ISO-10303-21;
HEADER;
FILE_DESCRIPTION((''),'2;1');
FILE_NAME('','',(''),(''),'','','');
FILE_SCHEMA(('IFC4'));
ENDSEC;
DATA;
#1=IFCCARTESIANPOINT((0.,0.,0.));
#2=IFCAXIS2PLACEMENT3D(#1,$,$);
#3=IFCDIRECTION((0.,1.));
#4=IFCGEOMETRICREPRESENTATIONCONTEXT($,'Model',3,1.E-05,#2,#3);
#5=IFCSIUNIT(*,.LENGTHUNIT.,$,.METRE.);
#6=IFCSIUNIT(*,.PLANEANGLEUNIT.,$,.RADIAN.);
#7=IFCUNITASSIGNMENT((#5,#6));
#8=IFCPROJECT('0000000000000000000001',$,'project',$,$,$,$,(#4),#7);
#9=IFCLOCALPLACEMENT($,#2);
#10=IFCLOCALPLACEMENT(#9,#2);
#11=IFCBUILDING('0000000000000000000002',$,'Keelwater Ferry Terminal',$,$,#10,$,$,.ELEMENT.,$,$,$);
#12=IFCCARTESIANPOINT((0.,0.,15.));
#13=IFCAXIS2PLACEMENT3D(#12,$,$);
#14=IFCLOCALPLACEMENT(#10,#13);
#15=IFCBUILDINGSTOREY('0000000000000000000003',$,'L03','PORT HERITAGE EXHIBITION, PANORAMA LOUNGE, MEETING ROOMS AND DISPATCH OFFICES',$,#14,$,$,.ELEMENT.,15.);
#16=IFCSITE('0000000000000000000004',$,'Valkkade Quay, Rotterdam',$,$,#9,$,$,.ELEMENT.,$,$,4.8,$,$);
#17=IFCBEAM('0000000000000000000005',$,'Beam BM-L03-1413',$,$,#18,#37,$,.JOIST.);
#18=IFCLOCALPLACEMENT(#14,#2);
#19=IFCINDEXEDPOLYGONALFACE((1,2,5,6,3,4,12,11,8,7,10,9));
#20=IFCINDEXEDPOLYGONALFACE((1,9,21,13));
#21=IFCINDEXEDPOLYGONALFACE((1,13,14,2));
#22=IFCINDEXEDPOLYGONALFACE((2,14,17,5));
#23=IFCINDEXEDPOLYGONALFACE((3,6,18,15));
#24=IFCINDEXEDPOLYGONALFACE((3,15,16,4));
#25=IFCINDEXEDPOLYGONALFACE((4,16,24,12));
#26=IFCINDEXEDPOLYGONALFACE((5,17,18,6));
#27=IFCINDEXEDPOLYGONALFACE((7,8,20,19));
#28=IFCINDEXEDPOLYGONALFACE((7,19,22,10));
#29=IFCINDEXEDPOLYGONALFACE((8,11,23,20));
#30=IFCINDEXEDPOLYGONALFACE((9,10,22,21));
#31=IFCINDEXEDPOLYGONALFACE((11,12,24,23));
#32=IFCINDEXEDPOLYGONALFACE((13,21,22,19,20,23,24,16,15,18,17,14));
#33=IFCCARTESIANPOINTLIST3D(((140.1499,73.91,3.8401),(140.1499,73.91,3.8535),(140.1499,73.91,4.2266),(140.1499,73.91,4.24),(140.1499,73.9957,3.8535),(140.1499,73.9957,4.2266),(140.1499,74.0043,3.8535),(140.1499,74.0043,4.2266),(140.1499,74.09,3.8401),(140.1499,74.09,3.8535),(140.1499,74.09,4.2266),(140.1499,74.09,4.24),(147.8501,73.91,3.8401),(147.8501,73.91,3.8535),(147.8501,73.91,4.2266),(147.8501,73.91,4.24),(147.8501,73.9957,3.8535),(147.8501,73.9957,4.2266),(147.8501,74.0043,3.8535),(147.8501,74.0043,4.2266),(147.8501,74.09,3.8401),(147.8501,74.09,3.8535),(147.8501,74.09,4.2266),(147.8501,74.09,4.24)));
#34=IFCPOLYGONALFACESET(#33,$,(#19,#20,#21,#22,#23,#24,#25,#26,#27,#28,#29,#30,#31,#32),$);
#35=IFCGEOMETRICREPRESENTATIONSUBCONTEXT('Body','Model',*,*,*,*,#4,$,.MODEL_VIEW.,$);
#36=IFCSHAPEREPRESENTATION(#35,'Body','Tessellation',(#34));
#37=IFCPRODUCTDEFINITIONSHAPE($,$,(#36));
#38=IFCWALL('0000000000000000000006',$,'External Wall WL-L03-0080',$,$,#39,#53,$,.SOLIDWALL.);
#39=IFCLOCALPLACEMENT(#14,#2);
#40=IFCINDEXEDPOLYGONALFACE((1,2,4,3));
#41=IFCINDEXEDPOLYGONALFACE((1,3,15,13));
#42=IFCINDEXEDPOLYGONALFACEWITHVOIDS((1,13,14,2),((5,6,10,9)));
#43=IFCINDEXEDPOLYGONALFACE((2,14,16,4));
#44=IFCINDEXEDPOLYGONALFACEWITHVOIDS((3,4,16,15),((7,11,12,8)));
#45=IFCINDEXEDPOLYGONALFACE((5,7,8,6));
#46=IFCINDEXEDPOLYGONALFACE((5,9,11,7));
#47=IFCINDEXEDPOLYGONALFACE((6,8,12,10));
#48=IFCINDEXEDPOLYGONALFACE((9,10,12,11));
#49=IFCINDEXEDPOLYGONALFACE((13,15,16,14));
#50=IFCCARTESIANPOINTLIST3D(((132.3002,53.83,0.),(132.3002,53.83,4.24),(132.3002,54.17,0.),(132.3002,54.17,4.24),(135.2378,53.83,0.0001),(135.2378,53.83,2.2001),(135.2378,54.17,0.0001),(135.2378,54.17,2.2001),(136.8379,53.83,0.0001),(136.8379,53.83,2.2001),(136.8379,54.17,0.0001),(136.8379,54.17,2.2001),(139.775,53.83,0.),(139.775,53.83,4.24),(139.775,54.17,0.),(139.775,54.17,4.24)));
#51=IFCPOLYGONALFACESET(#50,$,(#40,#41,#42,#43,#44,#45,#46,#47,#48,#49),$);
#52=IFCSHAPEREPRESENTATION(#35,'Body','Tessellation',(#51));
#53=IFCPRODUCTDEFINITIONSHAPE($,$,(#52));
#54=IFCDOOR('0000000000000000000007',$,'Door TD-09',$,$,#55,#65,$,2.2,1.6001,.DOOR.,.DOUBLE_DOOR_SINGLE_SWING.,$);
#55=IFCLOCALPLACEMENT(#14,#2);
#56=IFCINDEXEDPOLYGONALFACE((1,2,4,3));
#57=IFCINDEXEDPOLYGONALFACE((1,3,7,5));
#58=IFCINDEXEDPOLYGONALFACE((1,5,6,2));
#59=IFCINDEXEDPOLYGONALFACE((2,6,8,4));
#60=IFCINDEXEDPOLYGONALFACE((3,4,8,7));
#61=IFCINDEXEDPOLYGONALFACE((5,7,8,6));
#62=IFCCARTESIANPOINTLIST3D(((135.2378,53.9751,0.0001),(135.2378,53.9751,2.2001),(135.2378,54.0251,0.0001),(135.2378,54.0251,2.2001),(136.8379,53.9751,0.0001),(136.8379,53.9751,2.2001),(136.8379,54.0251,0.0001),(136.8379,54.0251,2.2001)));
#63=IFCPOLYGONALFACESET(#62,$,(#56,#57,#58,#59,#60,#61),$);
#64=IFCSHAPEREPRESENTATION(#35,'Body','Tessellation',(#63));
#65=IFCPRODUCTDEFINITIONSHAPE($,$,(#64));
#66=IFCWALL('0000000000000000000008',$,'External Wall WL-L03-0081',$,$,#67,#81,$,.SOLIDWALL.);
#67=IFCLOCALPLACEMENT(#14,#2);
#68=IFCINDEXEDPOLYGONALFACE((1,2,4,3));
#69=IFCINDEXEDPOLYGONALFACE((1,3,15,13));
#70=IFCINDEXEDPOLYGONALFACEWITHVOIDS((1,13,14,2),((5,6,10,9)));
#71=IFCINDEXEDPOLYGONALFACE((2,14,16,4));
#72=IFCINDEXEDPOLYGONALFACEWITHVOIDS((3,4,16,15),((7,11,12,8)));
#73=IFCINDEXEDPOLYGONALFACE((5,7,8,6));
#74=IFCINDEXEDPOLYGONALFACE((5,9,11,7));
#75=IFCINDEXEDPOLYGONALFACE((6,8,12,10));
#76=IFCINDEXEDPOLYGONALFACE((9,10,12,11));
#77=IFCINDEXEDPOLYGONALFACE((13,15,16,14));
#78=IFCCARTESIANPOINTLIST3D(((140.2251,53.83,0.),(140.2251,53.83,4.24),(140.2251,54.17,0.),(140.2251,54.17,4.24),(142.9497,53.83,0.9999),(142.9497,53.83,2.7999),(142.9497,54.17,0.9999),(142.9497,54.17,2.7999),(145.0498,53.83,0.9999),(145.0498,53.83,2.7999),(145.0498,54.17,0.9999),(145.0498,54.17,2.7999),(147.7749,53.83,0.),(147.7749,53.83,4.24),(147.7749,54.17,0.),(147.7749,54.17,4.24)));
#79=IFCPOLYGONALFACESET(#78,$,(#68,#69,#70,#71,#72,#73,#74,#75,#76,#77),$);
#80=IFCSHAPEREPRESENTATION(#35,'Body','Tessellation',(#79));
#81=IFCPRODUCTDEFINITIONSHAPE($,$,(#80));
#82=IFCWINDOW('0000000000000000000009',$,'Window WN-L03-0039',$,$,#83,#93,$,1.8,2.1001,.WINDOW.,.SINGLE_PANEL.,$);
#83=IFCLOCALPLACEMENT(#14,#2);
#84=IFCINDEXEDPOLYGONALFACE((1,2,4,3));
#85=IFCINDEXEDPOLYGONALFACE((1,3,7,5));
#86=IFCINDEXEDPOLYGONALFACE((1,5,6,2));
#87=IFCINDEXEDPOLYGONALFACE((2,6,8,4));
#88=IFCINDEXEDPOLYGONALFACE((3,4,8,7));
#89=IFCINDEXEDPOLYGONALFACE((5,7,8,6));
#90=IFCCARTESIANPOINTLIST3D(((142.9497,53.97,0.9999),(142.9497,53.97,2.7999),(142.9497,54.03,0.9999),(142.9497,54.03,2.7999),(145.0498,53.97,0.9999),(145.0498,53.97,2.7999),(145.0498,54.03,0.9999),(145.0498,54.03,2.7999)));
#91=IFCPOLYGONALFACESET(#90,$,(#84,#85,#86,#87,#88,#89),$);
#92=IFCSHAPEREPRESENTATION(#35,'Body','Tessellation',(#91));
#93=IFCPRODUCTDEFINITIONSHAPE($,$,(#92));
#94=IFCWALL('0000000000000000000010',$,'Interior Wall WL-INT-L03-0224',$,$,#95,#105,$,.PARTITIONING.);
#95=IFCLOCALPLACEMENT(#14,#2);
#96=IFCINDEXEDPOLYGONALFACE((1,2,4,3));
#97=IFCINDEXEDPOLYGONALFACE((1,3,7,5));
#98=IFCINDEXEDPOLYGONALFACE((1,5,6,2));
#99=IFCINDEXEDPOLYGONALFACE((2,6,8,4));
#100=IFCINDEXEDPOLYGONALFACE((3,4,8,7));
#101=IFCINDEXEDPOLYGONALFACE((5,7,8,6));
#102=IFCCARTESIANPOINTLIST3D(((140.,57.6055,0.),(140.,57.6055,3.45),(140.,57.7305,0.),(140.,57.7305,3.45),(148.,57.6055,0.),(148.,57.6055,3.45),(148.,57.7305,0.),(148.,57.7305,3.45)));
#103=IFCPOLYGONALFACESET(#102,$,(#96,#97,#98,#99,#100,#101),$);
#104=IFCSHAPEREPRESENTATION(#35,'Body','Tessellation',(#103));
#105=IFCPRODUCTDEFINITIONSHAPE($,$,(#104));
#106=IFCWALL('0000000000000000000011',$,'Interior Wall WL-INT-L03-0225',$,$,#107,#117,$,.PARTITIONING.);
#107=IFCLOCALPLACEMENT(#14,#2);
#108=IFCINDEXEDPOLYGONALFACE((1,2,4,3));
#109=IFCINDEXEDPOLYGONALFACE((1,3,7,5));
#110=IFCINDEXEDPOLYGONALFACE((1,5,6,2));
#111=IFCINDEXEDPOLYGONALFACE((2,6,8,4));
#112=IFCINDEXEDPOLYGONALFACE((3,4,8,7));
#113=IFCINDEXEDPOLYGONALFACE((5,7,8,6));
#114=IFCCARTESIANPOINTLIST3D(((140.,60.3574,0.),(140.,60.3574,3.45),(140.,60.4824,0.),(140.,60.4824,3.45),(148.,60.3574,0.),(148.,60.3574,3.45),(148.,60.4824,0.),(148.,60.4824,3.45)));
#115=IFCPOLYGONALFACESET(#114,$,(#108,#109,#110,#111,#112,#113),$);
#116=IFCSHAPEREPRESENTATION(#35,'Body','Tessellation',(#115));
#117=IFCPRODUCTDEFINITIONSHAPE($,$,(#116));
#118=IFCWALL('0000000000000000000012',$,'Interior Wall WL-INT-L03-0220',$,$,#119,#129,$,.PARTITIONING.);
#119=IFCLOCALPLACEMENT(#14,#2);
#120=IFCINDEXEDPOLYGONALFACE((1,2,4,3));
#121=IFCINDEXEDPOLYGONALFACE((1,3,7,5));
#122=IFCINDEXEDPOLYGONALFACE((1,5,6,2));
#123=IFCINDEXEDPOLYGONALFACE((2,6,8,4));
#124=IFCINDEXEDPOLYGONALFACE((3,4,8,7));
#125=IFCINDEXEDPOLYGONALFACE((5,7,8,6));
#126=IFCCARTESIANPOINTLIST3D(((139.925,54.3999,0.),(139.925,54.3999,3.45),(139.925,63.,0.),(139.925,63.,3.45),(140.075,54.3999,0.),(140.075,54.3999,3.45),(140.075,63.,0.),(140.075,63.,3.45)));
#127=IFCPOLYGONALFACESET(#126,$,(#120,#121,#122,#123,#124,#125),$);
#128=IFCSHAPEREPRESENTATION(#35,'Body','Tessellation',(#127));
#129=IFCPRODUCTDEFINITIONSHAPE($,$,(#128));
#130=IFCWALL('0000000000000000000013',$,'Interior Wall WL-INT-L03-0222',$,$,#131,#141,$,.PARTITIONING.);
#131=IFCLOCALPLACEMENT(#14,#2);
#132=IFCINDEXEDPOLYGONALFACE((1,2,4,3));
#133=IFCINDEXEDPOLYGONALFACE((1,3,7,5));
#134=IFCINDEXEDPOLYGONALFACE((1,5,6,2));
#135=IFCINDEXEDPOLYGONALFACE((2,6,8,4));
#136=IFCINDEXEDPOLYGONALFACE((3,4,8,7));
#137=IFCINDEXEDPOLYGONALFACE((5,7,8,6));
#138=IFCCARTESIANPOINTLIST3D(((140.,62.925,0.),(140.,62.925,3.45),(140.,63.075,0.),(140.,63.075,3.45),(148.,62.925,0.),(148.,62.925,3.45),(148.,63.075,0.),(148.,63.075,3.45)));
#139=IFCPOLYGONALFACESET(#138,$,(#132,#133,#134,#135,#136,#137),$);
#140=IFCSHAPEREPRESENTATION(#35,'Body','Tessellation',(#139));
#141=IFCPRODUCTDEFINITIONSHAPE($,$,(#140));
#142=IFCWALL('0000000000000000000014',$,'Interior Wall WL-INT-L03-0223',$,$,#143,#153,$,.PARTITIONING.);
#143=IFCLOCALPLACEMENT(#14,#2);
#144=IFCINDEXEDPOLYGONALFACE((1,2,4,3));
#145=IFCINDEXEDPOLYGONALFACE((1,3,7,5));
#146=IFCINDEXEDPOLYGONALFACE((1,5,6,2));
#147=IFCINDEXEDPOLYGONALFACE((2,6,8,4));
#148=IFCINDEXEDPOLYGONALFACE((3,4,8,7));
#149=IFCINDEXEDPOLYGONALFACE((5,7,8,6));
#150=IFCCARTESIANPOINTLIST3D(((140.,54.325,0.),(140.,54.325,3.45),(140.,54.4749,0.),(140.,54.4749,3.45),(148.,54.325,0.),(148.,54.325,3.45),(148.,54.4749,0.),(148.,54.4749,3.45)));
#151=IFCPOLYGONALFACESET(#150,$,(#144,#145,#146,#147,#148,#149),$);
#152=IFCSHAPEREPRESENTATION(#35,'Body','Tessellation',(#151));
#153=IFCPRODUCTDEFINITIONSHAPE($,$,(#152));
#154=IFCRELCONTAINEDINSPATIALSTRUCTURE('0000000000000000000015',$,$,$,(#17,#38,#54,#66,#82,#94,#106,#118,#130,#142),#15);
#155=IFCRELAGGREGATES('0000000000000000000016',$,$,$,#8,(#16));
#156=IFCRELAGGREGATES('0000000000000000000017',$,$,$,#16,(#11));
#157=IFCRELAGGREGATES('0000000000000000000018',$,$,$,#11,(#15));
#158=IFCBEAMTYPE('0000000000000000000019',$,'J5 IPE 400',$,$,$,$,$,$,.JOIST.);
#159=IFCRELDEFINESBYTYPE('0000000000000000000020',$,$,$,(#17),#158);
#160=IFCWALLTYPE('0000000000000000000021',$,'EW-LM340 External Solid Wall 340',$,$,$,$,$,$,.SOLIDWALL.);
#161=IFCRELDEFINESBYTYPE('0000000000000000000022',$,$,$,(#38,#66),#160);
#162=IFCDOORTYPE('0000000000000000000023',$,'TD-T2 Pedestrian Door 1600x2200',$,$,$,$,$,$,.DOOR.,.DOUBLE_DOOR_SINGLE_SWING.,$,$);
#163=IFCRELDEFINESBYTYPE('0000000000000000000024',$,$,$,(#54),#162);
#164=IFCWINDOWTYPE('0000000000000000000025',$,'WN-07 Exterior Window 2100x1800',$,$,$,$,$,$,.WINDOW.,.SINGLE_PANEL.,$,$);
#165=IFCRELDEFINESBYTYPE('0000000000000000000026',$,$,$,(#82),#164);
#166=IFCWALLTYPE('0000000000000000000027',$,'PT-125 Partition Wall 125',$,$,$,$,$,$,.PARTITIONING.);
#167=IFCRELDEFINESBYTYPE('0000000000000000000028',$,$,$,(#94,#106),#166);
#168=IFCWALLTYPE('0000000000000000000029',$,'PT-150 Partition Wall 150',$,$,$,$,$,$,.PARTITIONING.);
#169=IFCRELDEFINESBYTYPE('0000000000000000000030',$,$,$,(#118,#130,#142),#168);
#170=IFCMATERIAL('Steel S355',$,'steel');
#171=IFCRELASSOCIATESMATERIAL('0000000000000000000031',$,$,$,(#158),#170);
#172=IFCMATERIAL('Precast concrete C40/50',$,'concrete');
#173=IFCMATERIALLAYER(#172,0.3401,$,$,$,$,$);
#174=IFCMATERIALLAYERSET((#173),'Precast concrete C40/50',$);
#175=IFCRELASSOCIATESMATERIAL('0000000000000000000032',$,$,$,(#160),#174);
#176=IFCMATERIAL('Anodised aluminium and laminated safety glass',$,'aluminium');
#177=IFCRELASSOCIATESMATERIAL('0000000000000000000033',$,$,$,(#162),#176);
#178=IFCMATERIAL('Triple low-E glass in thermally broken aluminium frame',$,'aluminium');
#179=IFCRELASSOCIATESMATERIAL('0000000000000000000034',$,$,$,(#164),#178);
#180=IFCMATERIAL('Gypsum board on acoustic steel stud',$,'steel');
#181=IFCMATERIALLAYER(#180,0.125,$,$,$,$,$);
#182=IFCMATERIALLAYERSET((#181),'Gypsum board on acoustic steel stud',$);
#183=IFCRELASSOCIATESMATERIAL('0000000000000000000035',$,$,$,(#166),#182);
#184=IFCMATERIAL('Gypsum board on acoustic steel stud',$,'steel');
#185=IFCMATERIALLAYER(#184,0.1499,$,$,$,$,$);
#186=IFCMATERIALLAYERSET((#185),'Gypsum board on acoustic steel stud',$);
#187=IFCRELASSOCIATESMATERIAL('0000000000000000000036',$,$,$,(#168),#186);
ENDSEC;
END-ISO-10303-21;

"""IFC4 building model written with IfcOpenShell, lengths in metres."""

from ifc_helpers import new_model, si_unit, direction, frame, frame_2d, origin, origin_2d, place, context, subcontext, project, spatial, rectangle, i_section, extrude, material, layer, layer_set, material_profile, profile_set, type_object, element, fill, save


model = new_model("IFC4")

# Units and contexts
model_context = context("Model", 3, precision=1e-05, world=origin(), true_north=direction((0.0, 1.0)))
body_context = subcontext(model_context, "Body", "Model", "MODEL_VIEW")
ifc_project = project(units=[si_unit("LENGTHUNIT", "METRE"), si_unit("PLANEANGLEUNIT", "RADIAN")], contexts=[model_context])

# Site, building, storey
site_placement = place(None, origin())
site = spatial("IfcSite", under=ifc_project, at=site_placement, Name="Valkkade Quay, Rotterdam", CompositionType="ELEMENT", RefElevation=4.8)
building_placement = place(site_placement, origin())
building = spatial("IfcBuilding", under=site, at=building_placement, Name="Keelwater Ferry Terminal", CompositionType="ELEMENT")
storey_placement = place(building_placement, frame((0.0, 0.0, 15.0)))
storey = spatial("IfcBuildingStorey", under=building, at=storey_placement, Name="L03", Description="PORT HERITAGE EXHIBITION, PANORAMA LOUNGE, MEETING ROOMS AND DISPATCH OFFICES", CompositionType="ELEMENT", Elevation=15.0)

# Beam
ifc_material_1 = material(Name="Steel S355", Category="steel")
ifc_material_profile_1 = material_profile(ifc_material_1, i_section(OverallWidth=0.1799, OverallDepth=0.3999, WebThickness=0.0085, FlangeThickness=0.0134, at=origin_2d()), Name="IPE 400")
ifc_profile_set_1 = profile_set([ifc_material_profile_1], Name="Steel S355")
beam_type_1 = type_object("IfcBeamType", Name="J5 IPE 400", PredefinedType="JOIST", material=ifc_profile_set_1)
for number, where, z_axis, x_axis, name in (
    (1, (140.1499, 74.0, 4.04), (1.0, 0.0, 0.0), (0.0, 1.0, 0.0), "Beam BM-L03-1413"),
):
    element("IfcBeam", number, at=place(storey_placement, frame(where, z_axis=z_axis, x_axis=x_axis)), inside=storey, type_object=beam_type_1, Name=name, PredefinedType="JOIST", context=body_context, shape_type="SweptSolid", body=[
        extrude(i_section(OverallWidth=0.1799, OverallDepth=0.3999, WebThickness=0.0085, FlangeThickness=0.0134, at=origin_2d()), origin(), (0.0, 0.0, 1.0), 7.7002),
    ])

# Wall, opening, door
ifc_material_2 = material(Name="Precast concrete C40/50", Category="concrete")
ifc_layer_1 = layer(ifc_material_2, 0.3401)
ifc_layer_set_1 = layer_set([ifc_layer_1], Name="Precast concrete C40/50")
wall_type_1 = type_object("IfcWallType", Name="EW-LM340 External Solid Wall 340", PredefinedType="SOLIDWALL", material=ifc_layer_set_1)
wall_1_placement = place(storey_placement, frame((139.7749, 54.0, 0.0), z_axis=(0.0, 0.0, 1.0), x_axis=(-1.0, 0.0, 0.0)))
wall_1 = element("IfcWall", 2, at=wall_1_placement, inside=storey, type_object=wall_type_1, Name="External Wall WL-L03-0080", PredefinedType="SOLIDWALL", context=body_context, shape_type="SweptSolid", body=[
    extrude(rectangle(XDim=7.4749, YDim=0.3401, at=frame_2d((3.7373, 0.0))), origin(), (0.0, 0.0, 1.0), 4.24),
])
opening_1_placement = place(wall_1_placement, frame((2.937, 0.0, 0.0)))
opening_1 = element("IfcOpeningElement", 3, at=opening_1_placement, cuts=wall_1, PredefinedType="OPENING", context=body_context, shape_type="SweptSolid", body=[
    extrude(rectangle(XDim=1.6001, YDim=2.2, at=frame_2d((0.8, 1.1001))), frame((0.0, 0.1799, 0.0), z_axis=(0.0, -1.0, 0.0), x_axis=(1.0, 0.0, 0.0)), (0.0, 0.0, 1.0), 0.3601),
])
ifc_material_3 = material(Name="Anodised aluminium and laminated safety glass", Category="aluminium")
door_type = type_object("IfcDoorType", Name="TD-T2 Pedestrian Door 1600x2200", OperationType="DOUBLE_DOOR_SINGLE_SWING", PredefinedType="DOOR", material=ifc_material_3)
door_placement = place(opening_1_placement, origin())
door = element("IfcDoor", 4, at=door_placement, inside=storey, type_object=door_type, Name="Door TD-09", OperationType="DOUBLE_DOOR_SINGLE_SWING", OverallHeight=2.2, OverallWidth=1.6001, PredefinedType="DOOR", context=body_context, shape_type="SweptSolid", body=[
    extrude(rectangle(XDim=1.6001, YDim=2.2, at=frame_2d((0.8, 1.1001))), frame((0.0, 0.0249, 0.0), z_axis=(0.0, -1.0, 0.0), x_axis=(1.0, 0.0, 0.0)), (0.0, 0.0, 1.0), 0.05),
])
fill(opening_1, door)

# Wall, opening, window
wall_2_placement = place(storey_placement, frame((147.7749, 54.0, 0.0), z_axis=(0.0, 0.0, 1.0), x_axis=(-1.0, 0.0, 0.0)))
wall_2 = element("IfcWall", 5, at=wall_2_placement, inside=storey, type_object=wall_type_1, Name="External Wall WL-L03-0081", PredefinedType="SOLIDWALL", context=body_context, shape_type="SweptSolid", body=[
    extrude(rectangle(XDim=7.5498, YDim=0.3401, at=frame_2d((3.7749, 0.0))), origin(), (0.0, 0.0, 1.0), 4.24),
])
opening_2_placement = place(wall_2_placement, frame((2.7251, 0.0, 1.0)))
opening_2 = element("IfcOpeningElement", 6, at=opening_2_placement, cuts=wall_2, PredefinedType="OPENING", context=body_context, shape_type="SweptSolid", body=[
    extrude(rectangle(XDim=2.1001, YDim=1.8, at=frame_2d((1.05, 0.8999))), frame((0.0, 0.1799, 0.0), z_axis=(0.0, -1.0, 0.0), x_axis=(1.0, 0.0, 0.0)), (0.0, 0.0, 1.0), 0.3601),
])
ifc_material_4 = material(Name="Triple low-E glass in thermally broken aluminium frame", Category="aluminium")
window_type = type_object("IfcWindowType", Name="WN-07 Exterior Window 2100x1800", PartitioningType="SINGLE_PANEL", PredefinedType="WINDOW", material=ifc_material_4)
window_placement = place(opening_2_placement, origin())
window = element("IfcWindow", 7, at=window_placement, inside=storey, type_object=window_type, Name="Window WN-L03-0039", OverallHeight=1.8, OverallWidth=2.1001, PartitioningType="SINGLE_PANEL", PredefinedType="WINDOW", context=body_context, shape_type="SweptSolid", body=[
    extrude(rectangle(XDim=2.1001, YDim=1.8, at=frame_2d((1.05, 0.8999))), frame((0.0, 0.03, 0.0), z_axis=(0.0, -1.0, 0.0), x_axis=(1.0, 0.0, 0.0)), (0.0, 0.0, 1.0), 0.0601),
])
fill(opening_2, window)

# Walls
ifc_material_5 = material(Name="Gypsum board on acoustic steel stud", Category="steel")
ifc_layer_2 = layer(ifc_material_5, 0.125)
ifc_layer_set_2 = layer_set([ifc_layer_2], Name="Gypsum board on acoustic steel stud")
wall_type_2 = type_object("IfcWallType", Name="PT-125 Partition Wall 125", PredefinedType="PARTITIONING", material=ifc_layer_set_2)
for number, where, z_axis, x_axis, name in (
    (8, (140.0, 57.668, 0.0), (0.0, 0.0, 1.0), (1.0, 0.0, 0.0), "Interior Wall WL-INT-L03-0224"),
    (9, (140.0, 60.4199, 0.0), (0.0, 0.0, 1.0), (1.0, 0.0, 0.0), "Interior Wall WL-INT-L03-0225"),
):
    element("IfcWall", number, at=place(storey_placement, frame(where, z_axis=z_axis, x_axis=x_axis)), inside=storey, type_object=wall_type_2, Name=name, PredefinedType="PARTITIONING", context=body_context, shape_type="SweptSolid", body=[
        extrude(rectangle(XDim=8.0, YDim=0.125, at=frame_2d((4.0, 0.0))), origin(), (0.0, 0.0, 1.0), 3.45),
    ])
ifc_material_6 = material(Name="Gypsum board on acoustic steel stud", Category="steel")
ifc_layer_3 = layer(ifc_material_6, 0.1499)
ifc_layer_set_3 = layer_set([ifc_layer_3], Name="Gypsum board on acoustic steel stud")
wall_type_3 = type_object("IfcWallType", Name="PT-150 Partition Wall 150", PredefinedType="PARTITIONING", material=ifc_layer_set_3)
wall_3_placement = place(storey_placement, frame((140.0, 54.3999, 0.0), z_axis=(0.0, 0.0, 1.0), x_axis=(0.0, 1.0, 0.0)))
element("IfcWall", 10, at=wall_3_placement, inside=storey, type_object=wall_type_3, Name="Interior Wall WL-INT-L03-0220", PredefinedType="PARTITIONING", context=body_context, shape_type="SweptSolid", body=[
    extrude(rectangle(XDim=8.6001, YDim=0.1499, at=frame_2d((4.3, 0.0))), origin(), (0.0, 0.0, 1.0), 3.45),
])
for number, where, z_axis, x_axis, name in (
    (11, (140.0, 63.0, 0.0), (0.0, 0.0, 1.0), (1.0, 0.0, 0.0), "Interior Wall WL-INT-L03-0222"),
    (12, (140.0, 54.3999, 0.0), (0.0, 0.0, 1.0), (1.0, 0.0, 0.0), "Interior Wall WL-INT-L03-0223"),
):
    element("IfcWall", number, at=place(storey_placement, frame(where, z_axis=z_axis, x_axis=x_axis)), inside=storey, type_object=wall_type_3, Name=name, PredefinedType="PARTITIONING", context=body_context, shape_type="SweptSolid", body=[
        extrude(rectangle(XDim=8.0, YDim=0.1499, at=frame_2d((4.0, 0.0))), origin(), (0.0, 0.0, 1.0), 3.45),
    ])

save(model, "model.ifc")
